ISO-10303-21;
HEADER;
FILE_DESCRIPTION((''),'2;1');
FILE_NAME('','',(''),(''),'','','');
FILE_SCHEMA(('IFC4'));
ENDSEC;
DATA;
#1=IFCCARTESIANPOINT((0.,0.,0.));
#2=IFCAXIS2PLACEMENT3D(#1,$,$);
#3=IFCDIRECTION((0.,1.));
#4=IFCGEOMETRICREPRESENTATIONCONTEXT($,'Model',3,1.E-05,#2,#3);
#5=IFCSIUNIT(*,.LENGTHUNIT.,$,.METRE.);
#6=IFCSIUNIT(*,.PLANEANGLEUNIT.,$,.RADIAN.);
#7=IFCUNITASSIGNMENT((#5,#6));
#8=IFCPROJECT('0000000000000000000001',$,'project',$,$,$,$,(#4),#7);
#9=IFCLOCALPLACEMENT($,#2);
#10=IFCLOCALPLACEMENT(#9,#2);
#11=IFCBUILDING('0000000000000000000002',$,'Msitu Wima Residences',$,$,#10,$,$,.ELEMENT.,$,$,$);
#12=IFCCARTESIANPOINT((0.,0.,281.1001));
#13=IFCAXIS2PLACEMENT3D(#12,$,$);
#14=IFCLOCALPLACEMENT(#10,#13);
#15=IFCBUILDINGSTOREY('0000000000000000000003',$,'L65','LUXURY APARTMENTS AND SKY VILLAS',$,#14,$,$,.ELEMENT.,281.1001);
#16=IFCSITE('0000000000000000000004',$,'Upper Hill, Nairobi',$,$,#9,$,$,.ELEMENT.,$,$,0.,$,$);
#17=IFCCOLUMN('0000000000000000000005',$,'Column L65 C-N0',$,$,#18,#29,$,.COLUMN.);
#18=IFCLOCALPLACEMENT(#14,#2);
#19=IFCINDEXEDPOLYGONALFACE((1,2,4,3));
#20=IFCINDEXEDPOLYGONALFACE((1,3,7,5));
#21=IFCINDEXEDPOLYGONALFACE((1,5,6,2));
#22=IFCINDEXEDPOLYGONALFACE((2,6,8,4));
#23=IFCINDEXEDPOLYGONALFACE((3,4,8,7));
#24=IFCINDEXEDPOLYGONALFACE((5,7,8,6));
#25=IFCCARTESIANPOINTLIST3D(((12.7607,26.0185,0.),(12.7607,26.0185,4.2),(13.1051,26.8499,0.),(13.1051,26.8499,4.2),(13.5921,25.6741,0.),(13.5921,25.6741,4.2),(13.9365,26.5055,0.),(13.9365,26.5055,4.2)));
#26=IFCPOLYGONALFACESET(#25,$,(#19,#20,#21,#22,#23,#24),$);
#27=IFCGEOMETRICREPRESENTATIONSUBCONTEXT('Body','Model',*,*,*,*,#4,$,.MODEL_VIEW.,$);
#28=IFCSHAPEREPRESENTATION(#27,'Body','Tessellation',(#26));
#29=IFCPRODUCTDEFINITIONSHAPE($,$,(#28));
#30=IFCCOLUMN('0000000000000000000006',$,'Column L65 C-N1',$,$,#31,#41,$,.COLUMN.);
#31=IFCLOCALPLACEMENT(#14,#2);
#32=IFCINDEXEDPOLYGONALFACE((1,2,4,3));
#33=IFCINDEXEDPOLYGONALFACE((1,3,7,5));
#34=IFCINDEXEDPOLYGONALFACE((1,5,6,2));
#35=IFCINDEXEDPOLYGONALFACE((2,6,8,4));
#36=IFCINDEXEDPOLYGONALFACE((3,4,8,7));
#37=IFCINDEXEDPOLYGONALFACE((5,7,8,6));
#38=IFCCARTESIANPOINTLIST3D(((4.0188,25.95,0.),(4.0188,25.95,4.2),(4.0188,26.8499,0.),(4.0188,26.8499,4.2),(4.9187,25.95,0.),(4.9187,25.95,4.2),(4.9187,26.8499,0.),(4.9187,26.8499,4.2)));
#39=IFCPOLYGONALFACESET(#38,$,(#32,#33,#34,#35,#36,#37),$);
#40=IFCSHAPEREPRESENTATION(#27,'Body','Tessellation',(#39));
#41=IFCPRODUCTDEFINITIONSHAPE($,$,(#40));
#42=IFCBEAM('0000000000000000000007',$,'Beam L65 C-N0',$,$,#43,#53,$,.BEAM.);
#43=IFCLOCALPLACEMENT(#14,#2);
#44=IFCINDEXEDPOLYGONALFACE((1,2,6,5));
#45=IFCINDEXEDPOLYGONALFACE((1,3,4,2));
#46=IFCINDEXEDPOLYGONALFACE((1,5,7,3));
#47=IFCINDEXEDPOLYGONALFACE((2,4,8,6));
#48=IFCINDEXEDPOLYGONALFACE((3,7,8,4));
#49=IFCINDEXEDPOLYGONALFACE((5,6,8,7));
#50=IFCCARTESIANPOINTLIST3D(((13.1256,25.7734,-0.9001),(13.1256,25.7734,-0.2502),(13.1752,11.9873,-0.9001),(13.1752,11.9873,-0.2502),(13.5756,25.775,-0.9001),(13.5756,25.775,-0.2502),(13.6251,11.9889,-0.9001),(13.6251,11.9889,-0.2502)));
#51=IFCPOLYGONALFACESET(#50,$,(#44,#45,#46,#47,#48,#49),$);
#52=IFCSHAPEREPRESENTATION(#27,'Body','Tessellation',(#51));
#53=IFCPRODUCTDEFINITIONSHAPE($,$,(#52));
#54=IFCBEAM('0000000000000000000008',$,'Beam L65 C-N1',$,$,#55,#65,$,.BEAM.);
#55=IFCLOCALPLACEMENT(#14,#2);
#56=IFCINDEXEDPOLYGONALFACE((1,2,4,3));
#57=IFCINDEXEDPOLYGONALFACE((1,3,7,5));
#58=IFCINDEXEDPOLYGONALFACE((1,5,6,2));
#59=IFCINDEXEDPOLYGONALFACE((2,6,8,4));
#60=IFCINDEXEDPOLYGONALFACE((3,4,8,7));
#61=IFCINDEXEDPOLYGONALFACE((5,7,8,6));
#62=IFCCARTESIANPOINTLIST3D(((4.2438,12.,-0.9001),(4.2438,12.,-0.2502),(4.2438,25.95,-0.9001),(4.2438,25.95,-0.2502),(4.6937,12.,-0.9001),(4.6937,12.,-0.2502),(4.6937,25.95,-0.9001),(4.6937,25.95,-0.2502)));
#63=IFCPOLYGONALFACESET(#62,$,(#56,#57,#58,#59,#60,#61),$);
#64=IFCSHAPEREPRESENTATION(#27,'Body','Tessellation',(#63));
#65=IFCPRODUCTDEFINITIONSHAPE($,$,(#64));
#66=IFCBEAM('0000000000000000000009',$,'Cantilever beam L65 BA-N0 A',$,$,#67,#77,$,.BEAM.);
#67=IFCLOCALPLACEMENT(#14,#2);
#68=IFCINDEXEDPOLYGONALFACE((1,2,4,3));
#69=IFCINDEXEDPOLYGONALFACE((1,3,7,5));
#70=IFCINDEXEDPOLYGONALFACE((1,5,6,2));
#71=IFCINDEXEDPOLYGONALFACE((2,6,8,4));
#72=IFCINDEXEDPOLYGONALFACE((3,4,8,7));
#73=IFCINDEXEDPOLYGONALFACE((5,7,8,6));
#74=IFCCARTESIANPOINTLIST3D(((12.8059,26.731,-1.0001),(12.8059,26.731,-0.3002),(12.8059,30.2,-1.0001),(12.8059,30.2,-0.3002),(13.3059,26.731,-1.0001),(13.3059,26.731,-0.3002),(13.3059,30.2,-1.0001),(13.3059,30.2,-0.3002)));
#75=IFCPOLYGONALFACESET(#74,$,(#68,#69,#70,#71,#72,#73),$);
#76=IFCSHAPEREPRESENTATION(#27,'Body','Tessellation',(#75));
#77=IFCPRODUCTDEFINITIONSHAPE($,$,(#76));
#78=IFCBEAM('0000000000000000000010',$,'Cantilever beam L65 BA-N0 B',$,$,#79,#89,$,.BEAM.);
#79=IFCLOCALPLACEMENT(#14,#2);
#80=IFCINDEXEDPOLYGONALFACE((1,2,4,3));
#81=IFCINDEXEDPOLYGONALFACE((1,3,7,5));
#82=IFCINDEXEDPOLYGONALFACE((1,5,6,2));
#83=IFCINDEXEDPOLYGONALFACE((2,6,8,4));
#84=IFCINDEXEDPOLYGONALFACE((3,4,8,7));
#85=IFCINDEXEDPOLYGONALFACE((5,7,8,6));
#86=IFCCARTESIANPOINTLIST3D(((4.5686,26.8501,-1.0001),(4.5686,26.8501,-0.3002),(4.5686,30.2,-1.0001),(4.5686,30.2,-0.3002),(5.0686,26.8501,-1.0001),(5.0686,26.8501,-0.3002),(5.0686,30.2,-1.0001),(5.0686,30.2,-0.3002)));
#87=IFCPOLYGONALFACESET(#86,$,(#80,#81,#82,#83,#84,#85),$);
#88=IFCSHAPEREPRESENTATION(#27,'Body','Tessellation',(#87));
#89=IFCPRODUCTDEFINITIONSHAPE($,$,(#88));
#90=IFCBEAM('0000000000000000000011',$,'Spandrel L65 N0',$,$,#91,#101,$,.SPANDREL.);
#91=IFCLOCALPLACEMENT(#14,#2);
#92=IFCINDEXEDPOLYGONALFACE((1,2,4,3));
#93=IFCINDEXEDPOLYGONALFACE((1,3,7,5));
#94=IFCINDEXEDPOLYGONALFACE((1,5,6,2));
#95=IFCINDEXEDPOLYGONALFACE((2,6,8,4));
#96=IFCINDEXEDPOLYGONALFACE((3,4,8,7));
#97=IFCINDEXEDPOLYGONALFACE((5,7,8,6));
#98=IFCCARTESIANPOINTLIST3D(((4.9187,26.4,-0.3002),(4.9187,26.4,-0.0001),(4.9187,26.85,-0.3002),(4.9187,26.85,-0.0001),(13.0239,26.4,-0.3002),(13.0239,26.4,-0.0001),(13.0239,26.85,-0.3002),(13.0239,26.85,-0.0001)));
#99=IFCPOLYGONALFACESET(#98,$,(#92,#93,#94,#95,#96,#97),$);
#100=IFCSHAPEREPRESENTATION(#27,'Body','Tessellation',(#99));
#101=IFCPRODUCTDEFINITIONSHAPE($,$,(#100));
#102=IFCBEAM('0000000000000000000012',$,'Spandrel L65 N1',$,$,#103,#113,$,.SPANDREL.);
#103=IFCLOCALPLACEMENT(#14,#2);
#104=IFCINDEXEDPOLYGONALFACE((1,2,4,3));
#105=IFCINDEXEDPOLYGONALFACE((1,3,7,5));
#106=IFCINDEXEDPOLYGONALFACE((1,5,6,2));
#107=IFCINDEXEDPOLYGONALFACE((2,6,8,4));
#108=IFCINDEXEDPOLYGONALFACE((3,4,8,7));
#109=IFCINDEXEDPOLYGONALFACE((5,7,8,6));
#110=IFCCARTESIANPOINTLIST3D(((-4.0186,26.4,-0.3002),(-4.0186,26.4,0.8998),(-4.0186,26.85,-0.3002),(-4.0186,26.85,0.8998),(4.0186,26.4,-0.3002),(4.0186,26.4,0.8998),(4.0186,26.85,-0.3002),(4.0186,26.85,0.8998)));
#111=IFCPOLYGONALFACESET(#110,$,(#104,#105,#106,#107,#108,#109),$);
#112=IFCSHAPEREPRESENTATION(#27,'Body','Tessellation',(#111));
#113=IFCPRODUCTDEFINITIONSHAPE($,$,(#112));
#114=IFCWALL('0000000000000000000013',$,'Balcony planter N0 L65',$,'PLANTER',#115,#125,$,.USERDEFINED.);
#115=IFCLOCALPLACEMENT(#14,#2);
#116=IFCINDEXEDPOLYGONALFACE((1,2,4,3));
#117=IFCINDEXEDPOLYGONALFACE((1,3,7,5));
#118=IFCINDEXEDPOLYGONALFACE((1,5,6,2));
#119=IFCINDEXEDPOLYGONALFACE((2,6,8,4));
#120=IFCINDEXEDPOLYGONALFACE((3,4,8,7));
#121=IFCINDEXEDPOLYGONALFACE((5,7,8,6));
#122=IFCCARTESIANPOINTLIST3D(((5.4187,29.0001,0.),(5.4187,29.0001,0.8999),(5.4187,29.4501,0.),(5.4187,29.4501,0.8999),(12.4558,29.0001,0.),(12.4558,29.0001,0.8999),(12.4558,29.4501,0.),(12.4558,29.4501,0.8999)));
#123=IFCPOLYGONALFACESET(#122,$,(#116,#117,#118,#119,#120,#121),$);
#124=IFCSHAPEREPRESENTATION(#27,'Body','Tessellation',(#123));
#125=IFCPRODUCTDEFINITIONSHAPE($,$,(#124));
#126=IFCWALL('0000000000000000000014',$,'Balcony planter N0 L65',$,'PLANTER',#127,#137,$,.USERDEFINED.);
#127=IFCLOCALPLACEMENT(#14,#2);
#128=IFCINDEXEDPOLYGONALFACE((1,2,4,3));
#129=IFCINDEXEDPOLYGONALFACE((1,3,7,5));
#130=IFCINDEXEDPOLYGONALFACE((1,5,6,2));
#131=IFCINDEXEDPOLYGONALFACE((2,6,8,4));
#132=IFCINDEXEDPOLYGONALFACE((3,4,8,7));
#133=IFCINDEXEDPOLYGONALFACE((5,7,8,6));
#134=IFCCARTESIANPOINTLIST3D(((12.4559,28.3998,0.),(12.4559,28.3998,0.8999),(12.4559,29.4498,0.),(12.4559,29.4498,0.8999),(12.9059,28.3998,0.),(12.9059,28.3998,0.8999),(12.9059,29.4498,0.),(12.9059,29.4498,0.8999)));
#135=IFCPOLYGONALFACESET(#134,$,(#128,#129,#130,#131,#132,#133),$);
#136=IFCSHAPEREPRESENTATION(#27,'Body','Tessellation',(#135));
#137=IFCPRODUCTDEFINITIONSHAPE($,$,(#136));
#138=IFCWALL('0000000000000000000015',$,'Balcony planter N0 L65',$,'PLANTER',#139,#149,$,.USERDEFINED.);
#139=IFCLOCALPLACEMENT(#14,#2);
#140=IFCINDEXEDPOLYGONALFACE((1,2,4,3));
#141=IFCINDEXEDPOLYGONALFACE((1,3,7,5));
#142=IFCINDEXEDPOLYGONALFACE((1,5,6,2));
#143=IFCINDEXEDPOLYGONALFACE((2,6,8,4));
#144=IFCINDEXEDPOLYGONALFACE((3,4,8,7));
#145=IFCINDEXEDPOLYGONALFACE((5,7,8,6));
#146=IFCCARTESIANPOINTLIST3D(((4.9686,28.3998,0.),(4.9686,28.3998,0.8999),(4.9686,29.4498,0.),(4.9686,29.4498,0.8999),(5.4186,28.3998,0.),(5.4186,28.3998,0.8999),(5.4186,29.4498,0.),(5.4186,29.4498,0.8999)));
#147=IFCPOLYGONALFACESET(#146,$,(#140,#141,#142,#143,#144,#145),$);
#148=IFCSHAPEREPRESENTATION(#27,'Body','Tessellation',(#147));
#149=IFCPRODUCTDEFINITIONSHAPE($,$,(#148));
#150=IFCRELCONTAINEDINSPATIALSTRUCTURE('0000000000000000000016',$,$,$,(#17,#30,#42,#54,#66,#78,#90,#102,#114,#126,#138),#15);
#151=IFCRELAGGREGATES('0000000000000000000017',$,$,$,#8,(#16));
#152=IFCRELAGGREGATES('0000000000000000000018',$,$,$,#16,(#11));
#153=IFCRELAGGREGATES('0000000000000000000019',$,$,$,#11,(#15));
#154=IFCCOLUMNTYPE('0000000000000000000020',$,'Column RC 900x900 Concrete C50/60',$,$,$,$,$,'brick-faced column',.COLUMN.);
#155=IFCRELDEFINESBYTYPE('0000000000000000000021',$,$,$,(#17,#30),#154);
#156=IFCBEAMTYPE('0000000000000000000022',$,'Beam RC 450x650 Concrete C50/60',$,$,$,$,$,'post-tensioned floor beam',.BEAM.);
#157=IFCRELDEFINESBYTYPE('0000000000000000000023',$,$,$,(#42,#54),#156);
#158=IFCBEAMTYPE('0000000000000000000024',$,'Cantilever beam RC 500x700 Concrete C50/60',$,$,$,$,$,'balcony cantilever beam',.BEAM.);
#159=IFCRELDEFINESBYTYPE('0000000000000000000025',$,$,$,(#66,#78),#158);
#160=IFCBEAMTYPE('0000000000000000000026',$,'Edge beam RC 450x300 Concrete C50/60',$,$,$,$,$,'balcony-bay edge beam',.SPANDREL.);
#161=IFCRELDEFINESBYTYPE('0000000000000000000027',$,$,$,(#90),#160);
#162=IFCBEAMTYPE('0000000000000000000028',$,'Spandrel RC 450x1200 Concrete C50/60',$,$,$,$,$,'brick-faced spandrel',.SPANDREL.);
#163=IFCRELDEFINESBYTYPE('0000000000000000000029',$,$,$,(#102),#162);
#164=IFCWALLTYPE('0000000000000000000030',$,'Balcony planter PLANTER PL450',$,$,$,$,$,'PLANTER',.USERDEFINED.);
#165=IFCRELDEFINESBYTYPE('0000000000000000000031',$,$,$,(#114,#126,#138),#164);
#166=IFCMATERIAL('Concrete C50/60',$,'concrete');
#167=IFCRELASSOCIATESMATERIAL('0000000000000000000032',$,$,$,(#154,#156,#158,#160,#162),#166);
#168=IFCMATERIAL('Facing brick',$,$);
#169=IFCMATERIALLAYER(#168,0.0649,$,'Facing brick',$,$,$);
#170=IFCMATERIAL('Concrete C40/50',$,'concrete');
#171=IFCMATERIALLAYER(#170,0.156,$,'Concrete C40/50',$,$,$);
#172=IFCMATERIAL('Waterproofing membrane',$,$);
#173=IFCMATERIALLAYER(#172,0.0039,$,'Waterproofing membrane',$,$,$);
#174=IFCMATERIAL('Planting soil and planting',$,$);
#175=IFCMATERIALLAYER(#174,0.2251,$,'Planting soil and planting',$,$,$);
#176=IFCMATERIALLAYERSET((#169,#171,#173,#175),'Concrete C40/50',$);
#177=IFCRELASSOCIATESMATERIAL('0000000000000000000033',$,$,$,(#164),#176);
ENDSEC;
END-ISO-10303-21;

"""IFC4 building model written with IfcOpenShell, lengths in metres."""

from ifc_helpers import new_model, si_unit, direction, frame, frame_2d, origin, origin_2d, place, context, subcontext, project, spatial, rectangle, extrude, material, layer, layer_set, material_profile, profile_set, type_object, element, save


model = new_model("IFC4")

# Units and contexts
model_context = context("Model", 3, precision=1e-05, world=origin(), true_north=direction((0.0, 1.0)))
body_context = subcontext(model_context, "Body", "Model", "MODEL_VIEW")
ifc_project = project(units=[si_unit("LENGTHUNIT", "METRE"), si_unit("PLANEANGLEUNIT", "RADIAN")], contexts=[model_context])

# Site, building, storey
site_placement = place(None, origin())
site = spatial("IfcSite", under=ifc_project, at=site_placement, Name="Upper Hill, Nairobi", CompositionType="ELEMENT", RefElevation=0.0)
building_placement = place(site_placement, origin())
building = spatial("IfcBuilding", under=site, at=building_placement, Name="Msitu Wima Residences", CompositionType="ELEMENT")
storey_placement = place(building_placement, frame((0.0, 0.0, 281.1001)))
storey = spatial("IfcBuildingStorey", under=building, at=storey_placement, Name="L65", Description="LUXURY APARTMENTS AND SKY VILLAS", CompositionType="ELEMENT", Elevation=281.1001)

# Columns
ifc_material_1 = material(Name="Concrete C50/60", Category="concrete")
ifc_material_profile_1 = material_profile(ifc_material_1, rectangle(XDim=0.8999, YDim=0.8999, at=origin_2d()), Name="RC 900x900")
ifc_profile_set_1 = profile_set([ifc_material_profile_1], Name="Concrete C50/60")
column_type = type_object("IfcColumnType", Name="Column RC 900x900 Concrete C50/60", ElementType="brick-faced column", PredefinedType="COLUMN", material=ifc_profile_set_1)
for number, where, z_axis, x_axis, name in (
    (1, (13.3486, 26.262, 0.0), (0.0, 0.0, 1.0), (-0.92388, 0.382683, 0.0), "Column L65 C-N0"),
    (2, (4.4688, 26.3999, 0.0), (0.0, 0.0, 1.0), (-1.0, 0.0, 0.0), "Column L65 C-N1"),
):
    element("IfcColumn", number, at=place(storey_placement, frame(where, z_axis=z_axis, x_axis=x_axis)), inside=storey, type_object=column_type, Name=name, PredefinedType="COLUMN", context=body_context, shape_type="SweptSolid", body=[
        extrude(rectangle(XDim=0.8999, YDim=0.8999, at=origin_2d()), origin(), (0.0, 0.0, 1.0), 4.2),
    ])

# Beams
ifc_material_profile_2 = material_profile(ifc_material_1, rectangle(XDim=0.45, YDim=0.6499, at=origin_2d()), Name="RC 450x650")
ifc_profile_set_2 = profile_set([ifc_material_profile_2], Name="Concrete C50/60")
beam_type_1 = type_object("IfcBeamType", Name="Beam RC 450x650 Concrete C50/60", ElementType="post-tensioned floor beam", PredefinedType="BEAM", material=ifc_profile_set_2)
beam_1_placement = place(storey_placement, frame((13.3506, 25.7742, -0.5752), z_axis=(0.003595, -0.999994, 0.0), x_axis=(0.999994, 0.003595, 0.0)))
element("IfcBeam", 3, at=beam_1_placement, inside=storey, type_object=beam_type_1, Name="Beam L65 C-N0", PredefinedType="BEAM", context=body_context, shape_type="SweptSolid", body=[
    extrude(rectangle(XDim=0.45, YDim=0.6499, at=origin_2d()), origin(), (0.0, 0.0, 1.0), 13.7861),
])
beam_2_placement = place(storey_placement, frame((4.4688, 25.95, -0.5752), z_axis=(0.0, -1.0, 0.0), x_axis=(1.0, 0.0, 0.0)))
element("IfcBeam", 4, at=beam_2_placement, inside=storey, type_object=beam_type_1, Name="Beam L65 C-N1", PredefinedType="BEAM", context=body_context, shape_type="SweptSolid", body=[
    extrude(rectangle(XDim=0.45, YDim=0.6499, at=origin_2d()), origin(), (0.0, 0.0, 1.0), 13.95),
])
ifc_material_profile_3 = material_profile(ifc_material_1, rectangle(XDim=0.5, YDim=0.7, at=origin_2d()), Name="RC 500x700")
ifc_profile_set_3 = profile_set([ifc_material_profile_3], Name="Concrete C50/60")
beam_type_2 = type_object("IfcBeamType", Name="Cantilever beam RC 500x700 Concrete C50/60", ElementType="balcony cantilever beam", PredefinedType="BEAM", material=ifc_profile_set_3)
beam_3_placement = place(storey_placement, frame((13.0559, 26.731, -0.6501), z_axis=(0.0, 1.0, 0.0), x_axis=(-1.0, 0.0, 0.0)))
element("IfcBeam", 5, at=beam_3_placement, inside=storey, type_object=beam_type_2, Name="Cantilever beam L65 BA-N0 A", PredefinedType="BEAM", context=body_context, shape_type="SweptSolid", body=[
    extrude(rectangle(XDim=0.5, YDim=0.7, at=origin_2d()), origin(), (0.0, 0.0, 1.0), 3.469),
])
beam_4_placement = place(storey_placement, frame((4.8186, 26.8501, -0.6501), z_axis=(0.0, 1.0, 0.0), x_axis=(-1.0, 0.0, 0.0)))
element("IfcBeam", 6, at=beam_4_placement, inside=storey, type_object=beam_type_2, Name="Cantilever beam L65 BA-N0 B", PredefinedType="BEAM", context=body_context, shape_type="SweptSolid", body=[
    extrude(rectangle(XDim=0.5, YDim=0.7, at=origin_2d()), origin(), (0.0, 0.0, 1.0), 3.3499),
])
ifc_material_profile_4 = material_profile(ifc_material_1, rectangle(XDim=0.45, YDim=0.3, at=origin_2d()), Name="RC 450x300")
ifc_profile_set_4 = profile_set([ifc_material_profile_4], Name="Concrete C50/60")
beam_type_3 = type_object("IfcBeamType", Name="Edge beam RC 450x300 Concrete C50/60", ElementType="balcony-bay edge beam", PredefinedType="SPANDREL", material=ifc_profile_set_4)
beam_5_placement = place(storey_placement, frame((13.0239, 26.625, -0.1501), z_axis=(-1.0, 0.0, 0.0), x_axis=(0.0, -1.0, 0.0)))
element("IfcBeam", 7, at=beam_5_placement, inside=storey, type_object=beam_type_3, Name="Spandrel L65 N0", PredefinedType="SPANDREL", context=body_context, shape_type="SweptSolid", body=[
    extrude(rectangle(XDim=0.45, YDim=0.3, at=origin_2d()), origin(), (0.0, 0.0, 1.0), 8.1052),
])
ifc_material_profile_5 = material_profile(ifc_material_1, rectangle(XDim=0.45, YDim=1.2, at=origin_2d()), Name="RC 450x1200")
ifc_profile_set_5 = profile_set([ifc_material_profile_5], Name="Concrete C50/60")
beam_type_4 = type_object("IfcBeamType", Name="Spandrel RC 450x1200 Concrete C50/60", ElementType="brick-faced spandrel", PredefinedType="SPANDREL", material=ifc_profile_set_5)
beam_6_placement = place(storey_placement, frame((4.0186, 26.625, 0.2998), z_axis=(-1.0, 0.0, 0.0), x_axis=(0.0, -1.0, 0.0)))
element("IfcBeam", 8, at=beam_6_placement, inside=storey, type_object=beam_type_4, Name="Spandrel L65 N1", PredefinedType="SPANDREL", context=body_context, shape_type="SweptSolid", body=[
    extrude(rectangle(XDim=0.45, YDim=1.2, at=origin_2d()), origin(), (0.0, 0.0, 1.0), 8.0371),
])

# Walls
ifc_material_2 = material(Name="Facing brick")
ifc_layer_1 = layer(ifc_material_2, 0.0649, Name="Facing brick")
ifc_material_3 = material(Name="Concrete C40/50", Category="concrete")
ifc_layer_2 = layer(ifc_material_3, 0.156, Name="Concrete C40/50")
ifc_material_4 = material(Name="Waterproofing membrane")
ifc_layer_3 = layer(ifc_material_4, 0.0039, Name="Waterproofing membrane")
ifc_material_5 = material(Name="Planting soil and planting")
ifc_layer_4 = layer(ifc_material_5, 0.2251, Name="Planting soil and planting")
ifc_layer_set_1 = layer_set([ifc_layer_1, ifc_layer_2, ifc_layer_3, ifc_layer_4], Name="Concrete C40/50")
wall_type_1 = type_object("IfcWallType", Name="Balcony planter PLANTER PL450", ElementType="PLANTER", PredefinedType="USERDEFINED", material=ifc_layer_set_1)
wall_1_placement = place(storey_placement, frame((12.4558, 29.2251, 0.0), z_axis=(0.0, 0.0, 1.0), x_axis=(-1.0, 0.0, 0.0)))
element("IfcWall", 9, at=wall_1_placement, inside=storey, type_object=wall_type_1, Name="Balcony planter N0 L65", ObjectType="PLANTER", PredefinedType="USERDEFINED", context=body_context, shape_type="SweptSolid", body=[
    extrude(rectangle(XDim=7.0371, YDim=0.45, at=frame_2d((3.5186, 0.0))), origin(), (0.0, 0.0, 1.0), 0.8999),
])
for number, where, z_axis, x_axis, name in (
    (10, (12.6809, 28.3999, 0.0), (0.0, 0.0, 1.0), (0.0, 1.0, 0.0), "Balcony planter N0 L65"),
    (11, (5.1936, 28.3999, 0.0), (0.0, 0.0, 1.0), (0.0, 1.0, 0.0), "Balcony planter N0 L65"),
):
    element("IfcWall", number, at=place(storey_placement, frame(where, z_axis=z_axis, x_axis=x_axis)), inside=storey, type_object=wall_type_1, Name=name, ObjectType="PLANTER", PredefinedType="USERDEFINED", context=body_context, shape_type="SweptSolid", body=[
        extrude(rectangle(XDim=1.05, YDim=0.45, at=frame_2d((0.5249, 0.0))), origin(), (0.0, 0.0, 1.0), 0.8999),
    ])

save(model, "model.ifc")
